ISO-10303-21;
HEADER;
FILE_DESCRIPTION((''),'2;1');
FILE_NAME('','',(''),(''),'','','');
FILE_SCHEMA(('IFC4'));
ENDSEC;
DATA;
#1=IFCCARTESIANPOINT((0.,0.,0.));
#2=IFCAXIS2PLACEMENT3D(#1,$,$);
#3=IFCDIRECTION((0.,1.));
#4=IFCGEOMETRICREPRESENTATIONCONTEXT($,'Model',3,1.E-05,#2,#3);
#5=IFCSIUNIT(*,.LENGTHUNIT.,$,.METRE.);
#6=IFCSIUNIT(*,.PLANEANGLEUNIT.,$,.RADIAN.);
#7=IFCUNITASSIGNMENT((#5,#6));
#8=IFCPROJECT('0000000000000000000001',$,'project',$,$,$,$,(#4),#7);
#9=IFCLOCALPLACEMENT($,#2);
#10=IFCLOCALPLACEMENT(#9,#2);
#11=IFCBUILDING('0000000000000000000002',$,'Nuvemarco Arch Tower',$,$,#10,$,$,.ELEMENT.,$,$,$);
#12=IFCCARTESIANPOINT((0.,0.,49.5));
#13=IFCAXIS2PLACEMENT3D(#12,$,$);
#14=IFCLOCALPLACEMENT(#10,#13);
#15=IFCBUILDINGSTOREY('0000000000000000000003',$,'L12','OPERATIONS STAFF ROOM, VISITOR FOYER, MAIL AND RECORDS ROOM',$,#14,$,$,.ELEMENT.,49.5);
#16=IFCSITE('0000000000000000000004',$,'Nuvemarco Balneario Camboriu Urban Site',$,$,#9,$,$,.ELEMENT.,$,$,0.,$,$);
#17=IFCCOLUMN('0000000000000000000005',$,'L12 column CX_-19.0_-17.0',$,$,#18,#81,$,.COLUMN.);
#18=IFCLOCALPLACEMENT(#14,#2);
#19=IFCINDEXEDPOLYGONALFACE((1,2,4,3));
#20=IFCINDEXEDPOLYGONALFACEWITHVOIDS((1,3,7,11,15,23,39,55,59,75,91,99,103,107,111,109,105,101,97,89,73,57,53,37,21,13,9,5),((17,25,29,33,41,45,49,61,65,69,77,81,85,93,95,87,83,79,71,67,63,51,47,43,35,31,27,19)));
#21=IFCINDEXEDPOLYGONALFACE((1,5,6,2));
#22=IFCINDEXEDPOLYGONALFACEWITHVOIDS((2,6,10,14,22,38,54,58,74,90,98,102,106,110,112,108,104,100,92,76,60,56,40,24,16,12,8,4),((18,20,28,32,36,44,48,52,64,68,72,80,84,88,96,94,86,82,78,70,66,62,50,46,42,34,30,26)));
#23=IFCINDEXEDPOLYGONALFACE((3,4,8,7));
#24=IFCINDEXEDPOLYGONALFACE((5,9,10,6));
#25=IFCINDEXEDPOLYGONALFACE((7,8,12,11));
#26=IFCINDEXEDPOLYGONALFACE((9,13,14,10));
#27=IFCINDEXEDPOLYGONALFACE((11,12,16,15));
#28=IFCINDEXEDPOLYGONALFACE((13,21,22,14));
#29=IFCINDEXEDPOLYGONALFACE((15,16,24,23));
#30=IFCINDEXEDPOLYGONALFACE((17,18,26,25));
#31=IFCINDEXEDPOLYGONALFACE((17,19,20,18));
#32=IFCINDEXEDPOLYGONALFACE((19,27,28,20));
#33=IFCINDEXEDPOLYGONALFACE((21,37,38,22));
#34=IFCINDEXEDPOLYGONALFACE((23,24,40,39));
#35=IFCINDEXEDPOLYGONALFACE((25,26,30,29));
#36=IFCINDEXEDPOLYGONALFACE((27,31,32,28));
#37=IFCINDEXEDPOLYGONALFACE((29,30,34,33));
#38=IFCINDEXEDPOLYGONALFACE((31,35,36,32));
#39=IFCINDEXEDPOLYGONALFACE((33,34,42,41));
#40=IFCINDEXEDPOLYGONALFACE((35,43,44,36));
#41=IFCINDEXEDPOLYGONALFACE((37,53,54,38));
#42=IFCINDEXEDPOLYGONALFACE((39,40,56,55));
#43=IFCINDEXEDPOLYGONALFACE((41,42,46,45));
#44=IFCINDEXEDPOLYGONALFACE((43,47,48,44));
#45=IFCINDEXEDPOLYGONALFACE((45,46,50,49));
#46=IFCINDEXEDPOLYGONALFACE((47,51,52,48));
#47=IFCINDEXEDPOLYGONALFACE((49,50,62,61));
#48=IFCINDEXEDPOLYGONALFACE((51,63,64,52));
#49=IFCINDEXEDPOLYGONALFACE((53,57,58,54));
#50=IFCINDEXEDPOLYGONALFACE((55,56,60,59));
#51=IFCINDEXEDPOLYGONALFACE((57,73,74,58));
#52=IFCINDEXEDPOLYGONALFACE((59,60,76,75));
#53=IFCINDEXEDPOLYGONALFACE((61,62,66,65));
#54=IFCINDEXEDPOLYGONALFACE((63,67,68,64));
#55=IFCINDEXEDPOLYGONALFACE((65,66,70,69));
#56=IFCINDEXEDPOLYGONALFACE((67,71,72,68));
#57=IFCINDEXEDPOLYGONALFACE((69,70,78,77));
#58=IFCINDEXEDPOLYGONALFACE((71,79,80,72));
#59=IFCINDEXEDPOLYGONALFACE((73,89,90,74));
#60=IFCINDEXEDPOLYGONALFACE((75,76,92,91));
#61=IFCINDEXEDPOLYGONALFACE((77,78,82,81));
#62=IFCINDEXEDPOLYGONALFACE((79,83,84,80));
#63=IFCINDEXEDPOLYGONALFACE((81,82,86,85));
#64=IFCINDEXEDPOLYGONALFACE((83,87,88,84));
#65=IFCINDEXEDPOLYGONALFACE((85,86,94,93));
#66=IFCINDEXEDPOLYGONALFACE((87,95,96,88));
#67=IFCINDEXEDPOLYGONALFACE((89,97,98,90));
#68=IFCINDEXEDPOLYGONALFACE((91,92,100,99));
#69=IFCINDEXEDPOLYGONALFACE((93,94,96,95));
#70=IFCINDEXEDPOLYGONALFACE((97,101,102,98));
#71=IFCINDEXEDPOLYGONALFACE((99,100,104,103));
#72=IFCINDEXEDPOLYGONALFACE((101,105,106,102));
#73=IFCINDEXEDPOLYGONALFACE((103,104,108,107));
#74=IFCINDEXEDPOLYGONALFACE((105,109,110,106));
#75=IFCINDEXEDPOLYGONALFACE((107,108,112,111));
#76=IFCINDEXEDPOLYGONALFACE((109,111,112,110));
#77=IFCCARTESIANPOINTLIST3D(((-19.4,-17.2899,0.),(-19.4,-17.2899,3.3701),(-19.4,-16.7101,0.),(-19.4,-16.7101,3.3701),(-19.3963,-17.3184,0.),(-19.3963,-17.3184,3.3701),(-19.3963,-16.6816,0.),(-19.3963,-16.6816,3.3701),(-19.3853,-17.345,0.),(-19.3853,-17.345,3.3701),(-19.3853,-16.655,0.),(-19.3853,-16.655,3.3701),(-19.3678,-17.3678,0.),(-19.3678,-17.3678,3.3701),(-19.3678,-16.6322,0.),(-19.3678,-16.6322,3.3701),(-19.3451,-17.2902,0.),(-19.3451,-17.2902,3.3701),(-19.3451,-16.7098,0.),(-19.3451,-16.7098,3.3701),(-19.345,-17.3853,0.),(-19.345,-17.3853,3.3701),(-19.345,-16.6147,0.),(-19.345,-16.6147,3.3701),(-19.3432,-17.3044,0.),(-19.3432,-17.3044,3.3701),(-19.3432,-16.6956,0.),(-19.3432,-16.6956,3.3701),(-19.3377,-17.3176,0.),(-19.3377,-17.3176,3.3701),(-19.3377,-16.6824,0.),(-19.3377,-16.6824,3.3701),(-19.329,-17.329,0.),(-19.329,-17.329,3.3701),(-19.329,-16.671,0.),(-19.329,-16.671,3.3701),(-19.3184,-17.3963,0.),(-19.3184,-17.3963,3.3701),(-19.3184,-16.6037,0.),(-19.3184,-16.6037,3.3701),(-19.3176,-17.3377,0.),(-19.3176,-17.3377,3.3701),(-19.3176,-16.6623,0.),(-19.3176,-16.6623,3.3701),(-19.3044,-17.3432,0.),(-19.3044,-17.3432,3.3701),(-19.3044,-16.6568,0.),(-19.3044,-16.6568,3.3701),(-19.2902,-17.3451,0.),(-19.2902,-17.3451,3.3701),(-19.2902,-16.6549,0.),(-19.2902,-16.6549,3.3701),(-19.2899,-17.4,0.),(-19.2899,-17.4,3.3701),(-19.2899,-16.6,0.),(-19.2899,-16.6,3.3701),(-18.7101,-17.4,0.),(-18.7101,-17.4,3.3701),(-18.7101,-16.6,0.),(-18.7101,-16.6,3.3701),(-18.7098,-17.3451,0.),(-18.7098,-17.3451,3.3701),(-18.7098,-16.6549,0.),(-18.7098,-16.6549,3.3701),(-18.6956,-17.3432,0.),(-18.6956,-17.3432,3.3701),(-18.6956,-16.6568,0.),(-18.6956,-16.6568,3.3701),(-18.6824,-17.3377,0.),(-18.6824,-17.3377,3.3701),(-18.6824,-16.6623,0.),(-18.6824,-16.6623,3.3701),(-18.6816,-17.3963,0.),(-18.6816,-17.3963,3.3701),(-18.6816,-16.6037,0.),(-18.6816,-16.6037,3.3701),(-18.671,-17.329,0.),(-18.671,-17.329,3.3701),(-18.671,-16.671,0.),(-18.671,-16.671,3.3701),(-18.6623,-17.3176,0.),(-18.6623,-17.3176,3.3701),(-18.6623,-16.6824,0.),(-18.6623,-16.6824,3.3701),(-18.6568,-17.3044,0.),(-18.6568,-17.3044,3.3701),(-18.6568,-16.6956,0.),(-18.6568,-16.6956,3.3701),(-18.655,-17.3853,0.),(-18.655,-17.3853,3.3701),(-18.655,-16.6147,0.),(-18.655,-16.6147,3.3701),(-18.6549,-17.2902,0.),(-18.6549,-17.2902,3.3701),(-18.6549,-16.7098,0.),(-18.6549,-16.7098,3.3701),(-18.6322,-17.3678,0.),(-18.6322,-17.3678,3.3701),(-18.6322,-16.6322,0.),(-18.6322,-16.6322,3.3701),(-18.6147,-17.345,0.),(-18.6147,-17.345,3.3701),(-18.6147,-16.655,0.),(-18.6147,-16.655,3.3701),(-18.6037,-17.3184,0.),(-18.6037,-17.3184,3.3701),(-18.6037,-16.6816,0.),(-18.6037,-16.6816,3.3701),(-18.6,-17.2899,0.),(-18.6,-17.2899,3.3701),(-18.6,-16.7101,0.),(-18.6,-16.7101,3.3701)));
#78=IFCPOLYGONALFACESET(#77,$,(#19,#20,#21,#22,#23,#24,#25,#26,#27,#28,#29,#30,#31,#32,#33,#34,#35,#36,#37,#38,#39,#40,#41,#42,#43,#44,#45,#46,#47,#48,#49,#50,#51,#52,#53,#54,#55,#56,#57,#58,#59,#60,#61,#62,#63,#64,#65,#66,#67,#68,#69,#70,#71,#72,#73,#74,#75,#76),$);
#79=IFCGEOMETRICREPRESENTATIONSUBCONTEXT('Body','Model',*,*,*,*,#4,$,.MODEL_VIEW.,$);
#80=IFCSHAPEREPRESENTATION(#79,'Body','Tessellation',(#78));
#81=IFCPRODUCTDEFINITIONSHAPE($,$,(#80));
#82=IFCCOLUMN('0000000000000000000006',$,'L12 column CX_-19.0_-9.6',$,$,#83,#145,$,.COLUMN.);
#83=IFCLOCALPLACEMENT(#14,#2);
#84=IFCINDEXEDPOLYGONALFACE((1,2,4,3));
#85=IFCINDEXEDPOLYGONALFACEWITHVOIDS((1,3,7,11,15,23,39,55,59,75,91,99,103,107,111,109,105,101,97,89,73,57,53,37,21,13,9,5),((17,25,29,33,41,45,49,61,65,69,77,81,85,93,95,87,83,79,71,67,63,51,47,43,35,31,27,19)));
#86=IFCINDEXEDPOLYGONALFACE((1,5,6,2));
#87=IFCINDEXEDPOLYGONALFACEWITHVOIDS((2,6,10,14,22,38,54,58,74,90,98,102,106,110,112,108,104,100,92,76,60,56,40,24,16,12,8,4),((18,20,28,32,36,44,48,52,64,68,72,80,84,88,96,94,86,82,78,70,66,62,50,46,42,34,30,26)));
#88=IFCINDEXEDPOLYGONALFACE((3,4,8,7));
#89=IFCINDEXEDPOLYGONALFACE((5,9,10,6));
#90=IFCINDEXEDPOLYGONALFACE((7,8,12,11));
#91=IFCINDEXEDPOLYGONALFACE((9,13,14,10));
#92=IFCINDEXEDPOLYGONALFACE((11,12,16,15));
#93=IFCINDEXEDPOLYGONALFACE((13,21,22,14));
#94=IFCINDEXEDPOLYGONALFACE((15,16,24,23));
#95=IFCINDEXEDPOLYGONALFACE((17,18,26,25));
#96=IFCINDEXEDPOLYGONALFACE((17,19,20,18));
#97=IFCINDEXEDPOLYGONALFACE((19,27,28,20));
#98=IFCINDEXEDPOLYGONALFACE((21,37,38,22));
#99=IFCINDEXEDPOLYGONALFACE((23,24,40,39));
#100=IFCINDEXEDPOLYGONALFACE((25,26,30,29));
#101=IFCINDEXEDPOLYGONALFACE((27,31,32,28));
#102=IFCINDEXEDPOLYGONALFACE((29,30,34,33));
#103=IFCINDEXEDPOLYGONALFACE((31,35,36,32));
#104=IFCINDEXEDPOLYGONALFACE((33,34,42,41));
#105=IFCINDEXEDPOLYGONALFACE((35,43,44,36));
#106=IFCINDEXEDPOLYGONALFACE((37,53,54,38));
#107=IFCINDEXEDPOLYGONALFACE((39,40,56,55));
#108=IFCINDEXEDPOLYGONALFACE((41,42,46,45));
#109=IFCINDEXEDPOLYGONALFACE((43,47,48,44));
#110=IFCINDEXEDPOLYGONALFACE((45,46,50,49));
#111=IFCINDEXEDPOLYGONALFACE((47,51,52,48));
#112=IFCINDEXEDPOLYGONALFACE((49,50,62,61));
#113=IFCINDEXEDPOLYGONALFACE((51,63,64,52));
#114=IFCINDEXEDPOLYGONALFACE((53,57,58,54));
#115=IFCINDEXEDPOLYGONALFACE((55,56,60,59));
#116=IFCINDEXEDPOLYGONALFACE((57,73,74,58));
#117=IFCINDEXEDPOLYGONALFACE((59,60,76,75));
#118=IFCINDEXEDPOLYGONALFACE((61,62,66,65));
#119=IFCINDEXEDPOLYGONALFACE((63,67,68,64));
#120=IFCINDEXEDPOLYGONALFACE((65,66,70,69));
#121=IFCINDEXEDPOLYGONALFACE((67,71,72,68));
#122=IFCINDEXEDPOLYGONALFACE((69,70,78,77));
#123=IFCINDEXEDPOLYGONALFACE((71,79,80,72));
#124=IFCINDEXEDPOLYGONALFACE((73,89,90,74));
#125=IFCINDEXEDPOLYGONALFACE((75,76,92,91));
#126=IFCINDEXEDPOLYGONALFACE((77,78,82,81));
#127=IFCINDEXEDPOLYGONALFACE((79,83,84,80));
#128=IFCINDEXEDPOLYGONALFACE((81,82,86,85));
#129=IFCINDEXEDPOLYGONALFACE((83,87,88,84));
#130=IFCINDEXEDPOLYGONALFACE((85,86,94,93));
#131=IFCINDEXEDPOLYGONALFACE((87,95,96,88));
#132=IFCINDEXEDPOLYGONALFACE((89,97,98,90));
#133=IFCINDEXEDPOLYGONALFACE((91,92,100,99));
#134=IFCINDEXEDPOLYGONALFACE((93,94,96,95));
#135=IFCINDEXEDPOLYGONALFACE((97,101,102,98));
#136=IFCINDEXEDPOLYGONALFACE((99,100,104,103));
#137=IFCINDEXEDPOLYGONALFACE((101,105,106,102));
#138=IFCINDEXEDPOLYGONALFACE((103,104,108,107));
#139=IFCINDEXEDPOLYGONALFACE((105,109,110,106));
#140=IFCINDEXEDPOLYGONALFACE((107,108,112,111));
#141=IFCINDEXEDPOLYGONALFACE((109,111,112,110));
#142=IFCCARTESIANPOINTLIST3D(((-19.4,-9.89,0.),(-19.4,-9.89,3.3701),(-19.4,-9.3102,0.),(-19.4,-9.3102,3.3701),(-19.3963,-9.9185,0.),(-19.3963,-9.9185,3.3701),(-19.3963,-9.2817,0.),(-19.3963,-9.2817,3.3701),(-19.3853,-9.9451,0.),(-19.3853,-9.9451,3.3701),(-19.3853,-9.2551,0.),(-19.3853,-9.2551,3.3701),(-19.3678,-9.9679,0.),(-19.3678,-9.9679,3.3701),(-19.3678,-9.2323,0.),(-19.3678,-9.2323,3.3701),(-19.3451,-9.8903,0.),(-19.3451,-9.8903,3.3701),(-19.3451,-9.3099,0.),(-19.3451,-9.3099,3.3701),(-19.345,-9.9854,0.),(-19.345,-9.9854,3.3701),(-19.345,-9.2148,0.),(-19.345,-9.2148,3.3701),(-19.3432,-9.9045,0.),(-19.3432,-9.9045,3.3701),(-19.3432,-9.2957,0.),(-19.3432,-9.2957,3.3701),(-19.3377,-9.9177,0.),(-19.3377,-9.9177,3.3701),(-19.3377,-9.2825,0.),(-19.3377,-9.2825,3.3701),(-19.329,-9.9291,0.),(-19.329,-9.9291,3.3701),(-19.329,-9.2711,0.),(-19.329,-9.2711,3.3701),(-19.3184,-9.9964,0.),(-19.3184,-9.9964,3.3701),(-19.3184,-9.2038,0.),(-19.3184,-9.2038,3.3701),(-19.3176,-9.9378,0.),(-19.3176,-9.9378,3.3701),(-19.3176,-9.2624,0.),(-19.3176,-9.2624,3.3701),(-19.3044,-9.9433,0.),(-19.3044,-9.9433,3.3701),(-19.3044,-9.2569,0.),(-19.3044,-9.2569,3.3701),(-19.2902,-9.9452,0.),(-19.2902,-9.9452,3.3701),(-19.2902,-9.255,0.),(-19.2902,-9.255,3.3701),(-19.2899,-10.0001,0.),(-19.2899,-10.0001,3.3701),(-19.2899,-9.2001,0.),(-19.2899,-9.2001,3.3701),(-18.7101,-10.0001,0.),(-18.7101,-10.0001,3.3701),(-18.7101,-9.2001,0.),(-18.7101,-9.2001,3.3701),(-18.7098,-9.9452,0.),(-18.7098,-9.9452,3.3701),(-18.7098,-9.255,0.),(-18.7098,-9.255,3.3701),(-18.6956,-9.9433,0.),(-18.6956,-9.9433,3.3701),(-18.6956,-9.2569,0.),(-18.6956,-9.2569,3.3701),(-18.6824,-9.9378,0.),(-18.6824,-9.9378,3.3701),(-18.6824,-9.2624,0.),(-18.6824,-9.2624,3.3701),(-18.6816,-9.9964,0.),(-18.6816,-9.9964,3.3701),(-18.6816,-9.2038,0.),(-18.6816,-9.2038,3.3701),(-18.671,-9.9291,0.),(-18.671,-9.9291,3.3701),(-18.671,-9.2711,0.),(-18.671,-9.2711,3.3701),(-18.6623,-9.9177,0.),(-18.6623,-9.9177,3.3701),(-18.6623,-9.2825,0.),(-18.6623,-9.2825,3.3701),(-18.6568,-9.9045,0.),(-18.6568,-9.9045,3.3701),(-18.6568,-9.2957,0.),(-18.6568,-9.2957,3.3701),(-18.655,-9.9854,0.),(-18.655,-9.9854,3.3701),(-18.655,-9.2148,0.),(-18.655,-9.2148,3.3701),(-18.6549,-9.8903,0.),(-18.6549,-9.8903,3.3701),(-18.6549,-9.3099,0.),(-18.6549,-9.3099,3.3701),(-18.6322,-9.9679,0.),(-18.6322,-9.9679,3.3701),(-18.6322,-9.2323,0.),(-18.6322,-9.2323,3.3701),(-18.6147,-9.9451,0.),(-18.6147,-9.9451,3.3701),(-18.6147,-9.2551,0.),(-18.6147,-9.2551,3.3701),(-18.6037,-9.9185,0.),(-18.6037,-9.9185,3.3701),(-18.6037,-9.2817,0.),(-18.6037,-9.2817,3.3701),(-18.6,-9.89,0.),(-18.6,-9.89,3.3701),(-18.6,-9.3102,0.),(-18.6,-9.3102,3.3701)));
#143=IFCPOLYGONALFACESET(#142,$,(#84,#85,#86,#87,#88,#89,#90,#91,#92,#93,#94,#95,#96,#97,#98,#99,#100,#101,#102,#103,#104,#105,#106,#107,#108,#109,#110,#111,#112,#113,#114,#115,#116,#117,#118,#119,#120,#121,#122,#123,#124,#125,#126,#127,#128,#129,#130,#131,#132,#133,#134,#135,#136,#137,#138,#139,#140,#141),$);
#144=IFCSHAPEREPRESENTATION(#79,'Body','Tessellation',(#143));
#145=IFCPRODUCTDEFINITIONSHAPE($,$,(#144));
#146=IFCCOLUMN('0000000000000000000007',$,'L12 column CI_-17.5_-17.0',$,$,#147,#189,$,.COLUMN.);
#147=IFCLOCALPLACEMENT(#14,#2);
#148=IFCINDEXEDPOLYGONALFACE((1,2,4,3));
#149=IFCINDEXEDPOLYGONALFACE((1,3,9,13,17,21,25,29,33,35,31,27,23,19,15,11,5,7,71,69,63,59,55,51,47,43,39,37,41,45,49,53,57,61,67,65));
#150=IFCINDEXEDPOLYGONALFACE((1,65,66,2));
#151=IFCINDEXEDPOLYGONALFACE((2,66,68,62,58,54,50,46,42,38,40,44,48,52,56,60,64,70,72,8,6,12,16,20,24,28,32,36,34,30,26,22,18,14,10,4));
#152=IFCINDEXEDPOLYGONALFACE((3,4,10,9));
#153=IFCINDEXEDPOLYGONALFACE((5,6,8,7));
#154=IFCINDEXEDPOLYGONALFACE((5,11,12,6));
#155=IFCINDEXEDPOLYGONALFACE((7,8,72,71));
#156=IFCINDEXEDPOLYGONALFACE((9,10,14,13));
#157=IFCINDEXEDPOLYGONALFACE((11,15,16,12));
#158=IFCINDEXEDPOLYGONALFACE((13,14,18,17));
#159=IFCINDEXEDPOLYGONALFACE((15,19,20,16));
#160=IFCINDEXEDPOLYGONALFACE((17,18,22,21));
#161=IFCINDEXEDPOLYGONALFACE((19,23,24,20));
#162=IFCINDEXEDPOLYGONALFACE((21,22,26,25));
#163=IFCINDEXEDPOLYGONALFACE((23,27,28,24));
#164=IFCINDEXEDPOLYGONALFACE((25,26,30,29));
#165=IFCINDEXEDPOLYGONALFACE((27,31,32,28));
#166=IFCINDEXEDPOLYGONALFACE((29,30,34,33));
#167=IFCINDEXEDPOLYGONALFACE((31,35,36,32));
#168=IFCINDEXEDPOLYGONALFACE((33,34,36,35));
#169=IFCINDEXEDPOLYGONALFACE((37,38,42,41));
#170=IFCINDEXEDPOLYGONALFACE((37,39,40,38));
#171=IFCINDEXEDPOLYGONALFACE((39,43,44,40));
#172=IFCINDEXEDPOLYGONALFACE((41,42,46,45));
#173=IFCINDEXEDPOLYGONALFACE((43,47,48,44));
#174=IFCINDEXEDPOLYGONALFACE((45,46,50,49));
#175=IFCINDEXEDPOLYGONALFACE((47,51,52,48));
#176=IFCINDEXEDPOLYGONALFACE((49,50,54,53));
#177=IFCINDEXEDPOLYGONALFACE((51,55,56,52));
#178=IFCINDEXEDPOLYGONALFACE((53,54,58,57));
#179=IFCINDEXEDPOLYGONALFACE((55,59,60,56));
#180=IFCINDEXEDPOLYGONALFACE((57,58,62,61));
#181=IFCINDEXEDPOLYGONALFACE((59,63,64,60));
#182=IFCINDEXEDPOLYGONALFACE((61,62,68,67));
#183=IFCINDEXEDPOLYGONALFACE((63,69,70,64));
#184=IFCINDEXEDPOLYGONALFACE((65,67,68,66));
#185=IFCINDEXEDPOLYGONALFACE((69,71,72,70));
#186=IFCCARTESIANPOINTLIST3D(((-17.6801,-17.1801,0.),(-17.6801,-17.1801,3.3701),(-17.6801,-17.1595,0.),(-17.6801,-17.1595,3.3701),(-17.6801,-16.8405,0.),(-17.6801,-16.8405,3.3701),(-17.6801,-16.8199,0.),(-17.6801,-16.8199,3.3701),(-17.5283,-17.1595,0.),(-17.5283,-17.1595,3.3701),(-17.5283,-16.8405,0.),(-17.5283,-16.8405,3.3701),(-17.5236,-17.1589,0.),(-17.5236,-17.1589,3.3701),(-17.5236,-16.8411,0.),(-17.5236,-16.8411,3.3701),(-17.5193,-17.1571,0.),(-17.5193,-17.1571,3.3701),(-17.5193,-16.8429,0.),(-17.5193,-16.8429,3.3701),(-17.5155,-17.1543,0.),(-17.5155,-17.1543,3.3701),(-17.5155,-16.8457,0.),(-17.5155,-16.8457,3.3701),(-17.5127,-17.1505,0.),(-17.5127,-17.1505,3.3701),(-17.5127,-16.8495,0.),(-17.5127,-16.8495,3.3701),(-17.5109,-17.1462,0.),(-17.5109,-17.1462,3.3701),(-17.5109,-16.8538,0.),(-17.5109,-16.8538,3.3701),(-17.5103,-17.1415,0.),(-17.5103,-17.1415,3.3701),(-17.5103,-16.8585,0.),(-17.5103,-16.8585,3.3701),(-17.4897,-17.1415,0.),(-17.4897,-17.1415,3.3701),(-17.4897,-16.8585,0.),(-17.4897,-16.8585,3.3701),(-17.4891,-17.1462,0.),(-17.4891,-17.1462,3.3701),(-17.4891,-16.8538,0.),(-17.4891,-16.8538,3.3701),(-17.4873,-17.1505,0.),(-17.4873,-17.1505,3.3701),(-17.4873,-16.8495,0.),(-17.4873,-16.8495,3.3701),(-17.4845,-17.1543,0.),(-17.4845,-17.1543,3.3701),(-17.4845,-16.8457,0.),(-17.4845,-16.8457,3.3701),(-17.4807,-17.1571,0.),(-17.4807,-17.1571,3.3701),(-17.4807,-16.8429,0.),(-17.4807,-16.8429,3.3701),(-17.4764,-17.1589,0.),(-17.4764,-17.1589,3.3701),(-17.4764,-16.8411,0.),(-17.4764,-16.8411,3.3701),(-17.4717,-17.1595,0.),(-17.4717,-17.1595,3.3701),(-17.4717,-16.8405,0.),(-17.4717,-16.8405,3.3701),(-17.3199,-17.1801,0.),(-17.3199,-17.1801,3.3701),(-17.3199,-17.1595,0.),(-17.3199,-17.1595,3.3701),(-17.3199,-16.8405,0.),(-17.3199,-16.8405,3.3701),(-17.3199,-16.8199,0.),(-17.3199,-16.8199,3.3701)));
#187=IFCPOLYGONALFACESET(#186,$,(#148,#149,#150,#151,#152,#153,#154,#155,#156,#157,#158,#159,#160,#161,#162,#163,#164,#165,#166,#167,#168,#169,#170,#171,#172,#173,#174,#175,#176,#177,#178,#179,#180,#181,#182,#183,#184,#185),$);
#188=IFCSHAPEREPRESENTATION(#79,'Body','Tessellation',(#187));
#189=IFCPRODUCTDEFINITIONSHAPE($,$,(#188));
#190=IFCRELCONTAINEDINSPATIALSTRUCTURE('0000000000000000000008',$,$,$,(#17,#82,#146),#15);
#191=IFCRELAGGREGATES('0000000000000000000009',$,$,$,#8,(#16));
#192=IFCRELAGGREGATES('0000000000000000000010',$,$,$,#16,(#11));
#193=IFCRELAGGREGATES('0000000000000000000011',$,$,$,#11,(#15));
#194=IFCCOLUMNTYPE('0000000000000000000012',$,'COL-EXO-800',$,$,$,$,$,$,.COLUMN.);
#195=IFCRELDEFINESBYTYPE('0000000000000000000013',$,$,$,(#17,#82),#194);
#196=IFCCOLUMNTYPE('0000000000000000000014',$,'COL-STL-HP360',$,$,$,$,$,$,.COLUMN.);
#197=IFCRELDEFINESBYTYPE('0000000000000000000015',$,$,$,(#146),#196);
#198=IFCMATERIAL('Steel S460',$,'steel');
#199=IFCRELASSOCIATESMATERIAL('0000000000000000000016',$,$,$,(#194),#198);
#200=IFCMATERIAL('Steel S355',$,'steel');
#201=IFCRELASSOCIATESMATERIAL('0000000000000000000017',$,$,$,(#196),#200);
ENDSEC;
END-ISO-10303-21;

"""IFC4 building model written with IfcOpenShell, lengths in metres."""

from ifc_helpers import new_model, si_unit, direction, frame, origin, origin_2d, place, context, subcontext, project, spatial, hollow_rectangle, i_section, extrude, material, material_profile, profile_set, type_object, element, save


model = new_model("IFC4")

# Units and contexts
model_context = context("Model", 3, precision=1e-05, world=origin(), true_north=direction((0.0, 1.0)))
body_context = subcontext(model_context, "Body", "Model", "MODEL_VIEW")
ifc_project = project(units=[si_unit("LENGTHUNIT", "METRE"), si_unit("PLANEANGLEUNIT", "RADIAN")], contexts=[model_context])

# Site, building, storey
site_placement = place(None, origin())
site = spatial("IfcSite", under=ifc_project, at=site_placement, Name="Nuvemarco Balneario Camboriu Urban Site", CompositionType="ELEMENT", RefElevation=0.0)
building_placement = place(site_placement, origin())
building = spatial("IfcBuilding", under=site, at=building_placement, Name="Nuvemarco Arch Tower", CompositionType="ELEMENT")
storey_placement = place(building_placement, frame((0.0, 0.0, 49.5)))
storey = spatial("IfcBuildingStorey", under=building, at=storey_placement, Name="L12", Description="OPERATIONS STAFF ROOM, VISITOR FOYER, MAIL AND RECORDS ROOM", CompositionType="ELEMENT", Elevation=49.5)

# Columns
ifc_material_1 = material(Name="Steel S460", Category="steel")
ifc_material_profile_1 = material_profile(ifc_material_1, hollow_rectangle(XDim=0.8, YDim=0.8, WallThickness=0.0549, InnerFilletRadius=0.0549, OuterFilletRadius=0.1101, at=origin_2d()), Name="SHS800x800x55")
ifc_profile_set_1 = profile_set([ifc_material_profile_1], Name="Steel S460")
column_type_1 = type_object("IfcColumnType", Name="COL-EXO-800", PredefinedType="COLUMN", material=ifc_profile_set_1)
for number, where, z_axis, x_axis, name in (
    (1, (-19.0, -17.0, 0.0), (0.0, 0.0, 1.0), (1.0, 0.0, 0.0), "L12 column CX_-19.0_-17.0"),
    (2, (-19.0, -9.6001, 0.0), (0.0, 0.0, 1.0), (1.0, 0.0, 0.0), "L12 column CX_-19.0_-9.6"),
):
    element("IfcColumn", number, at=place(storey_placement, frame(where, z_axis=z_axis, x_axis=x_axis)), inside=storey, type_object=column_type_1, Name=name, PredefinedType="COLUMN", context=body_context, shape_type="SweptSolid", body=[
        extrude(hollow_rectangle(XDim=0.8, YDim=0.8, WallThickness=0.0549, InnerFilletRadius=0.0549, OuterFilletRadius=0.1101, at=origin_2d()), origin(), (0.0, 0.0, 1.0), 3.3701),
    ])
ifc_material_2 = material(Name="Steel S355", Category="steel")
ifc_material_profile_2 = material_profile(ifc_material_2, i_section(OverallWidth=0.3601, OverallDepth=0.3601, WebThickness=0.0205, FlangeThickness=0.0205, FilletRadius=0.0181, at=origin_2d()), Name="HP360x174")
ifc_profile_set_2 = profile_set([ifc_material_profile_2], Name="Steel S355")
column_type_2 = type_object("IfcColumnType", Name="COL-STL-HP360", PredefinedType="COLUMN", material=ifc_profile_set_2)
column_placement = place(storey_placement, frame((-17.5, -17.0, 0.0), z_axis=(0.0, 0.0, 1.0), x_axis=(1.0, 0.0, 0.0)))
element("IfcColumn", 3, at=column_placement, inside=storey, type_object=column_type_2, Name="L12 column CI_-17.5_-17.0", PredefinedType="COLUMN", context=body_context, shape_type="SweptSolid", body=[
    extrude(i_section(OverallWidth=0.3601, OverallDepth=0.3601, WebThickness=0.0205, FlangeThickness=0.0205, FilletRadius=0.0181, at=origin_2d()), origin(), (0.0, 0.0, 1.0), 3.3701),
])

save(model, "model.ifc")
